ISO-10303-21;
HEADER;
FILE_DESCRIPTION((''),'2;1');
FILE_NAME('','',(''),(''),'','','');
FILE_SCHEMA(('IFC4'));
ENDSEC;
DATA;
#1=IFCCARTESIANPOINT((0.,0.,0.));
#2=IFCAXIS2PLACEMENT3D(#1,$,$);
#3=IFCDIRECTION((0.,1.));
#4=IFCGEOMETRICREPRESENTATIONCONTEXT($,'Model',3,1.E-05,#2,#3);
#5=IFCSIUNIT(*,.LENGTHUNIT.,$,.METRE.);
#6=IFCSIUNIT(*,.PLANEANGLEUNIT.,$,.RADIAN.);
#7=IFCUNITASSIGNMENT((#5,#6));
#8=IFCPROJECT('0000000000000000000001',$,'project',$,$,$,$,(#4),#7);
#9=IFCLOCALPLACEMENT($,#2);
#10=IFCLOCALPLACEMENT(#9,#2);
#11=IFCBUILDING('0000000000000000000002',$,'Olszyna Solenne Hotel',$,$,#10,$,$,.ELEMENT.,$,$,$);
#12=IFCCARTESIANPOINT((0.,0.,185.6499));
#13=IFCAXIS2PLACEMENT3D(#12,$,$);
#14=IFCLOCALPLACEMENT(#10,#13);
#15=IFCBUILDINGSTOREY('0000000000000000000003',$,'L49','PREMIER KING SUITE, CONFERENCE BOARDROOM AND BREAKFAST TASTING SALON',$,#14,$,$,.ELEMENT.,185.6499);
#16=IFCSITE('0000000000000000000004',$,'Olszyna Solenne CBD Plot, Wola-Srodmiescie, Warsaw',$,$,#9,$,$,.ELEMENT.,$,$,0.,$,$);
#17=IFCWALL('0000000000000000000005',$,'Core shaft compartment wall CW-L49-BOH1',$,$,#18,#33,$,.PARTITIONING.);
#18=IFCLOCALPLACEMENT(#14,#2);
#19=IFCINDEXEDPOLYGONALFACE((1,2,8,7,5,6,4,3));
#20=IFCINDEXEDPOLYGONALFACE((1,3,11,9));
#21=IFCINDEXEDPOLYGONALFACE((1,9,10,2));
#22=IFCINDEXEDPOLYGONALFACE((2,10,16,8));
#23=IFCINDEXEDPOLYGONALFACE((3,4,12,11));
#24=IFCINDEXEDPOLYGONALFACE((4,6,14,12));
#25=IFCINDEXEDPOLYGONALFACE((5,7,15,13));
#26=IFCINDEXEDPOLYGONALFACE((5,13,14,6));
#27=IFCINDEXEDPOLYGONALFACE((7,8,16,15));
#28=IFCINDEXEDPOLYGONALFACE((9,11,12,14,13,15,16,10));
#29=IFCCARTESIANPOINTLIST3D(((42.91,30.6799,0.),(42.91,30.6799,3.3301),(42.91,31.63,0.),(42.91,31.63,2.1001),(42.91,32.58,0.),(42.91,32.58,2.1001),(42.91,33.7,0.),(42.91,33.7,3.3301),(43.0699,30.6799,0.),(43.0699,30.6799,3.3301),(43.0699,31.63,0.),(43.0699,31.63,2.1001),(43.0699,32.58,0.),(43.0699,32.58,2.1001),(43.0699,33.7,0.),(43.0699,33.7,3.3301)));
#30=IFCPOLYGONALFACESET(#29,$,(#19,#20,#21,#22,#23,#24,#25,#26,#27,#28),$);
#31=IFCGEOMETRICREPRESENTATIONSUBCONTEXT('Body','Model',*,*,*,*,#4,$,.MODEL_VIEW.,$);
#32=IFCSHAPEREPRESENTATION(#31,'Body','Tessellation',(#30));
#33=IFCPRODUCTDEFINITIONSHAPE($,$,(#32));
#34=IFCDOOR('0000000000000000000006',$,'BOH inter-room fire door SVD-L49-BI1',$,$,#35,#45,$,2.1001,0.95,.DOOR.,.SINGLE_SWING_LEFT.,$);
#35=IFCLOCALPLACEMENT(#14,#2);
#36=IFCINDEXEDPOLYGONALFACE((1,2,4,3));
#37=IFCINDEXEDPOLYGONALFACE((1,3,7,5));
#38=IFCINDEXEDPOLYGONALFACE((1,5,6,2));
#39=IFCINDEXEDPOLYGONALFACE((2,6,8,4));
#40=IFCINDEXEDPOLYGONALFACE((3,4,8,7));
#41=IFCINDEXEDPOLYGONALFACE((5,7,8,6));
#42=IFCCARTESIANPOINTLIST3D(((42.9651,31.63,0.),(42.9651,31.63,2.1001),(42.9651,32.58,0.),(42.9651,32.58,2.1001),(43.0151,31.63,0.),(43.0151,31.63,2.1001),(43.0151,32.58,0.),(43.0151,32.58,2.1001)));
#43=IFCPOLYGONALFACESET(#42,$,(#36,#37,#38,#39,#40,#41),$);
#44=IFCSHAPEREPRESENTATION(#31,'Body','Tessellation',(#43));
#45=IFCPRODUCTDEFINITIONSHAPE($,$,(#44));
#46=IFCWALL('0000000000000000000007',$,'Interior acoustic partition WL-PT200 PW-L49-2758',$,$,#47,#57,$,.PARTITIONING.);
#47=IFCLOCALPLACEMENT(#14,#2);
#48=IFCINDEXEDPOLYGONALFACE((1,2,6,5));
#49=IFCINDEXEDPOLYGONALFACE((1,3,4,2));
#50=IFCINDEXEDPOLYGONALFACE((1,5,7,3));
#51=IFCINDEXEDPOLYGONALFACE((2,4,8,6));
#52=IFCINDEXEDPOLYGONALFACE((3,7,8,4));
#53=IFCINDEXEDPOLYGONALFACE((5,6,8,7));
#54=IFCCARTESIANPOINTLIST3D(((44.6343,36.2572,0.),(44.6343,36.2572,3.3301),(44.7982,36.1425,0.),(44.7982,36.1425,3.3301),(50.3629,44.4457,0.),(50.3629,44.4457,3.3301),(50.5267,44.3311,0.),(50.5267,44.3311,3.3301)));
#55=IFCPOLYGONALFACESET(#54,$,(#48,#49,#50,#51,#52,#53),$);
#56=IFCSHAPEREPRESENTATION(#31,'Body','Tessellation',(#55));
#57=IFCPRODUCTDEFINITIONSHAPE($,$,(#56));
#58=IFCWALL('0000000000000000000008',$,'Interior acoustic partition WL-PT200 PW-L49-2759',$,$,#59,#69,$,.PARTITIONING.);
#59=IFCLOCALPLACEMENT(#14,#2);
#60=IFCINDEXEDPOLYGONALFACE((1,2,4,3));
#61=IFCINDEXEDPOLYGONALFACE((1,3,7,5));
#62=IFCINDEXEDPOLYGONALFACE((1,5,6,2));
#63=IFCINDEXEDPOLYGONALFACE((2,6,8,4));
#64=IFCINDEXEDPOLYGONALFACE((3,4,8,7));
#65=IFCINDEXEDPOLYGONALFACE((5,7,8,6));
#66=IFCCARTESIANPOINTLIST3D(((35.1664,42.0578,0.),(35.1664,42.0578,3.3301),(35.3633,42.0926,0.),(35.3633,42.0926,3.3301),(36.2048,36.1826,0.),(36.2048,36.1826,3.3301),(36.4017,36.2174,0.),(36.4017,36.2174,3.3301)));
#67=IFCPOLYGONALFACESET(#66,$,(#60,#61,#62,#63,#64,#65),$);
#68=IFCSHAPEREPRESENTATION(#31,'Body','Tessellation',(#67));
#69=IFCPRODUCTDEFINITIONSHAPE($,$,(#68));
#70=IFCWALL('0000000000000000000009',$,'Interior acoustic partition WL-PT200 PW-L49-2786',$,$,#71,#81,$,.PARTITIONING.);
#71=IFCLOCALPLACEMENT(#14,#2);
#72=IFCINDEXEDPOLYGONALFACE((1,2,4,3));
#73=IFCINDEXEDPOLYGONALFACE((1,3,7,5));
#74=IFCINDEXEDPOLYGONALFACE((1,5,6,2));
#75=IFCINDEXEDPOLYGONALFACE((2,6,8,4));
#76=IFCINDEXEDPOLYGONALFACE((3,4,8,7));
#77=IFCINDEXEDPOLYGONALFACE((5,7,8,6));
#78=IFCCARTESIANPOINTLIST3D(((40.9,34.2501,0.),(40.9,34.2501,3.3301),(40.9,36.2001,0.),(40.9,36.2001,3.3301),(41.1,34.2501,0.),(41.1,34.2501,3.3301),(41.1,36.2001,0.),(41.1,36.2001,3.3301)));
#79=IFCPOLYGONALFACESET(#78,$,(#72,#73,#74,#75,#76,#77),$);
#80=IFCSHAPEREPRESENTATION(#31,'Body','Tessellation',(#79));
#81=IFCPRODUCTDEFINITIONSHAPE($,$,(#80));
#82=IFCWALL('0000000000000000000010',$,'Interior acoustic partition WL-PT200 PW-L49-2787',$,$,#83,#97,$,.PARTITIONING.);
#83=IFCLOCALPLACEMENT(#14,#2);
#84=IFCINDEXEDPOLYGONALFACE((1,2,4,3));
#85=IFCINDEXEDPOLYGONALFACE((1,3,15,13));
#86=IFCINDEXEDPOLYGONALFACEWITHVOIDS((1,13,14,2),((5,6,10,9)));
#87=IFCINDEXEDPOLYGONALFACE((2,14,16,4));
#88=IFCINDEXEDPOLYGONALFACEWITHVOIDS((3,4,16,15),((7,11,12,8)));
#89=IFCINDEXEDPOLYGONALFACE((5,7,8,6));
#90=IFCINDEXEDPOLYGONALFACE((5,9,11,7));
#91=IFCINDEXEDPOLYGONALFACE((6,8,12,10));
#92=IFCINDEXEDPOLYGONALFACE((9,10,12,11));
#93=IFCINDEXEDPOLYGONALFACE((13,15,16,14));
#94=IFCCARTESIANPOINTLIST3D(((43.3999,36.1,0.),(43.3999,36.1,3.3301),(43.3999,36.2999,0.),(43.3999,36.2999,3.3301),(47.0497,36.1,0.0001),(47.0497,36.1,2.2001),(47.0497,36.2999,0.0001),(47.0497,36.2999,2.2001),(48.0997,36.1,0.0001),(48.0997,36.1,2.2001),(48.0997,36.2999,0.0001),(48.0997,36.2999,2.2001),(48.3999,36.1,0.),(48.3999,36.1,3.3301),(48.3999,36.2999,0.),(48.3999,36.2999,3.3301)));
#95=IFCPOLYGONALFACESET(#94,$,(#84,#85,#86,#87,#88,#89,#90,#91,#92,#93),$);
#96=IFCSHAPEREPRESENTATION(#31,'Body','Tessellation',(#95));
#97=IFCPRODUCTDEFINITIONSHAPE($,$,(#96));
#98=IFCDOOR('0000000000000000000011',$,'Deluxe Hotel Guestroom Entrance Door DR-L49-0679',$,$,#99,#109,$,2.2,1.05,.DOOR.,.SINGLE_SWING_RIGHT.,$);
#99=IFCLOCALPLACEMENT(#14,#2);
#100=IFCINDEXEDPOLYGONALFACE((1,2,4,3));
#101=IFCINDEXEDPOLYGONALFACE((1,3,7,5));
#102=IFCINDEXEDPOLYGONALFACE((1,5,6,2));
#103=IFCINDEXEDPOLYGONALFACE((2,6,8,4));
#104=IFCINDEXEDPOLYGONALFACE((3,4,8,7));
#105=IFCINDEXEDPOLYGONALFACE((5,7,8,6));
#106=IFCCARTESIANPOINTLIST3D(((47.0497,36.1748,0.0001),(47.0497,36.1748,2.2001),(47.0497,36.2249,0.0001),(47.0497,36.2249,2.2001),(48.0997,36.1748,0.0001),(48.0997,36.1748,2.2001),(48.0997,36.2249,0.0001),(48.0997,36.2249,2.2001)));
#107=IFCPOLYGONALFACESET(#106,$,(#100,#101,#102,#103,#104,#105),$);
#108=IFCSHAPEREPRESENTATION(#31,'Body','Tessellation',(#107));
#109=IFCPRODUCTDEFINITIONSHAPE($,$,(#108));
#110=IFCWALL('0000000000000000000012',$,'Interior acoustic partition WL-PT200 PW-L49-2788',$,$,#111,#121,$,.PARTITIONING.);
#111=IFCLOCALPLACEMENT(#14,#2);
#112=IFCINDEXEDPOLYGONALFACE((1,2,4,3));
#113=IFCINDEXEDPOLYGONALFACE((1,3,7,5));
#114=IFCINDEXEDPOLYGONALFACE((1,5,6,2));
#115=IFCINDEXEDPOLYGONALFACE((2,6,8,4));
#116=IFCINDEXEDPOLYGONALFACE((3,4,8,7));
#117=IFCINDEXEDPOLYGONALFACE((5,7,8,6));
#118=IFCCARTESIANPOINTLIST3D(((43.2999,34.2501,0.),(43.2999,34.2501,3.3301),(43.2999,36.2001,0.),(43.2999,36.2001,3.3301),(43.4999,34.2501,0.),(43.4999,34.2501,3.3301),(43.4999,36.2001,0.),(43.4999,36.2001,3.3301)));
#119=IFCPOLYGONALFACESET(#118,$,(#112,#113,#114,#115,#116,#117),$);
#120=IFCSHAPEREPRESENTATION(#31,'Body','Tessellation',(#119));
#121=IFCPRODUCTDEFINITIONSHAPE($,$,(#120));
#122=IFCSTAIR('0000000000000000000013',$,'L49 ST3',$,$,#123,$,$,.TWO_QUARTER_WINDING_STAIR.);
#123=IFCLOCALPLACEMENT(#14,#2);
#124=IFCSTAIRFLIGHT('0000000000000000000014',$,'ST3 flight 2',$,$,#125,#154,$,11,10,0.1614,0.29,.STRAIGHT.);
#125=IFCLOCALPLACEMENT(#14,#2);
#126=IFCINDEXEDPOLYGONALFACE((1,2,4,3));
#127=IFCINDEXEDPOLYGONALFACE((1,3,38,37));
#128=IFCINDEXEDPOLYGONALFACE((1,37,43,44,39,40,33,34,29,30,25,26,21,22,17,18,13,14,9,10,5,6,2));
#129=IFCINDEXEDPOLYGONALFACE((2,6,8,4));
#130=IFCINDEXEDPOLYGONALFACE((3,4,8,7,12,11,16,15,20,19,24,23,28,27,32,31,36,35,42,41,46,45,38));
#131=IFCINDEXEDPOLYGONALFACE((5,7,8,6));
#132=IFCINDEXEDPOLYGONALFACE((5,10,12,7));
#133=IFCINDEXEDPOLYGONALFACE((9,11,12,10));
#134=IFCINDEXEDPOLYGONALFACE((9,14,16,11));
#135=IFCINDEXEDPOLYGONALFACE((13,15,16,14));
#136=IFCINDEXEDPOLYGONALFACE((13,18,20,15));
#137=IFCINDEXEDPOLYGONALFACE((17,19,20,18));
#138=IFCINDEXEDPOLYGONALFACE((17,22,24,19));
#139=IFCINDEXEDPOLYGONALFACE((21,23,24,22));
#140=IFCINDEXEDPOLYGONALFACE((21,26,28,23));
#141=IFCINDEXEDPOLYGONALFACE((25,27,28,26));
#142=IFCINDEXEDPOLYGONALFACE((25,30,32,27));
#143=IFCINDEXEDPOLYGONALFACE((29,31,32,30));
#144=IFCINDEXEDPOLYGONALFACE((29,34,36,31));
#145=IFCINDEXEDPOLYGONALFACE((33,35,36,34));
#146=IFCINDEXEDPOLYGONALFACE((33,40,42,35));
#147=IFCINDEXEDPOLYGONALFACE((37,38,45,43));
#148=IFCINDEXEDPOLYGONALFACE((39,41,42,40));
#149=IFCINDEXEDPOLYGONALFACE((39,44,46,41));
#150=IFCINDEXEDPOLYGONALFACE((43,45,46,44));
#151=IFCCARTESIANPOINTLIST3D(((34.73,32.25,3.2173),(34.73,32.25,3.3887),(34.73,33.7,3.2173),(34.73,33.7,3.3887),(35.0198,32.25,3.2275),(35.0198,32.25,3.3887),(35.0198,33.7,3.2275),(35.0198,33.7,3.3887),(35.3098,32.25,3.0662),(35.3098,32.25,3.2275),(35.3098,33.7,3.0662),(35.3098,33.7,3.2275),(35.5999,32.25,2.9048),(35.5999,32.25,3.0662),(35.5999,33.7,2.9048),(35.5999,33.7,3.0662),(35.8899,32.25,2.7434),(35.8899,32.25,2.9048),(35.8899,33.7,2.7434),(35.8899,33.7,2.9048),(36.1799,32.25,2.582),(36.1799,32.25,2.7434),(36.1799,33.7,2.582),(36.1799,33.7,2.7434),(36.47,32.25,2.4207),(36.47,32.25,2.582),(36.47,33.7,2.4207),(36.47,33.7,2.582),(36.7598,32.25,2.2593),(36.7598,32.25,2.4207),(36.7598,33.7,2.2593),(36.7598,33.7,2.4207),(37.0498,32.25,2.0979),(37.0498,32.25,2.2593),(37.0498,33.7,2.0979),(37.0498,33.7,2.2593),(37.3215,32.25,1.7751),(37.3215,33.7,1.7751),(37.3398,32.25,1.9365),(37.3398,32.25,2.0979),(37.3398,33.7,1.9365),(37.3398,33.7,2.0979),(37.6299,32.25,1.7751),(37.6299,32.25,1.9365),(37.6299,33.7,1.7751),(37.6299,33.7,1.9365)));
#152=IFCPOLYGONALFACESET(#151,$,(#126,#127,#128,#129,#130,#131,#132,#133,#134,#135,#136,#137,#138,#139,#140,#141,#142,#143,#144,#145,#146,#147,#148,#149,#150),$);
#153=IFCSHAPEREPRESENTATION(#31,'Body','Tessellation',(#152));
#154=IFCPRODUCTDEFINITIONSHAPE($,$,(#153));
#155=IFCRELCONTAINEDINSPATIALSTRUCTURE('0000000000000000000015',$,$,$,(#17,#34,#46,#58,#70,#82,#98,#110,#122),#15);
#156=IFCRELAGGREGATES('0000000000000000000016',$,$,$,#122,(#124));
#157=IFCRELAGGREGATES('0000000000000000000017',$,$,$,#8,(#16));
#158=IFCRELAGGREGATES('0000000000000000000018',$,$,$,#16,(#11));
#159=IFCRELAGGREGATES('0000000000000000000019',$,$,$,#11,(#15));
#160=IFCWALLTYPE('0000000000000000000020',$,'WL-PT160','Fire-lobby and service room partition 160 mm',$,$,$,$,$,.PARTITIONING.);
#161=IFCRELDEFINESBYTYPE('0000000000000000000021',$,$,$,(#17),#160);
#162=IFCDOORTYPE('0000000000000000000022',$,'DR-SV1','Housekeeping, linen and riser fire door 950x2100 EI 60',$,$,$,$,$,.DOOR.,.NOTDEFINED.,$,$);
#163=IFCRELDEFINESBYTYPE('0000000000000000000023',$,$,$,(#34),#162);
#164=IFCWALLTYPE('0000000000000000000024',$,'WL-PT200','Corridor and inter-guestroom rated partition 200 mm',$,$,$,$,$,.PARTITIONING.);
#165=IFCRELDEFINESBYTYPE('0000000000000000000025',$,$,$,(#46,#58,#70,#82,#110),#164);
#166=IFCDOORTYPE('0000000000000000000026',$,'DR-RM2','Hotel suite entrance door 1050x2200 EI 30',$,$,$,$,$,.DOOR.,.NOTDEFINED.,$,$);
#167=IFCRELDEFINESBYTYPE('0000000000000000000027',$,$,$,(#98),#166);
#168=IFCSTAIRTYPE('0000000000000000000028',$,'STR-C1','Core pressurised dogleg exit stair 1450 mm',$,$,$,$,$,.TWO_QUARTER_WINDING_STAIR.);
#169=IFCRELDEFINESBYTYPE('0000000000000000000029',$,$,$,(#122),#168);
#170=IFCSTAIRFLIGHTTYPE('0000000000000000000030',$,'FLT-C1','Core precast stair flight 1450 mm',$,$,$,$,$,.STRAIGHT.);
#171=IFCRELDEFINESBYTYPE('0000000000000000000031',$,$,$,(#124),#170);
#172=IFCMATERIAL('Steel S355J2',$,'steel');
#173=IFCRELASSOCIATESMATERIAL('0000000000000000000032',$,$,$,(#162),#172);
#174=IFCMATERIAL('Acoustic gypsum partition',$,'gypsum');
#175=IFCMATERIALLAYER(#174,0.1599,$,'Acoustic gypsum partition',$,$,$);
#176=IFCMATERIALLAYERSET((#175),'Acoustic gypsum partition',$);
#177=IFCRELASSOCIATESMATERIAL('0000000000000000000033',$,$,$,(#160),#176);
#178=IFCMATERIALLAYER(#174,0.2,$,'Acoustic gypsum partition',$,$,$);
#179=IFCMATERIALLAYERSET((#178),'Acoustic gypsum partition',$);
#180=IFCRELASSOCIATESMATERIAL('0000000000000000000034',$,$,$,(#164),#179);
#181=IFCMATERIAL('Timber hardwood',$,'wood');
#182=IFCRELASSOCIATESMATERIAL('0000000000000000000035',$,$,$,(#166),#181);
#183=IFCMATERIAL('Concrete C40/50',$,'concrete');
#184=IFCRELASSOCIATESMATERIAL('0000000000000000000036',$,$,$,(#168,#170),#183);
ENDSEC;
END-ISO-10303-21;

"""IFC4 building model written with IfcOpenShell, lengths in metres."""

from ifc_helpers import new_model, si_unit, direction, frame, frame_2d, origin, place, context, subcontext, project, spatial, polyline, rectangle, outline, extrude, source, transform, mapped, material, layer, layer_set, type_object, type_shapes, element, fill, aggregate, save


model = new_model("IFC4")

# Units and contexts
model_context = context("Model", 3, precision=1e-05, world=origin(), true_north=direction((0.0, 1.0)))
body_context = subcontext(model_context, "Body", "Model", "MODEL_VIEW")
ifc_project = project(units=[si_unit("LENGTHUNIT", "METRE"), si_unit("PLANEANGLEUNIT", "RADIAN")], contexts=[model_context])

# Site, building, storey
site_placement = place(None, origin())
site = spatial("IfcSite", under=ifc_project, at=site_placement, Name="Olszyna Solenne CBD Plot, Wola-Srodmiescie, Warsaw", CompositionType="ELEMENT", RefElevation=0.0)
building_placement = place(site_placement, origin())
building = spatial("IfcBuilding", under=site, at=building_placement, Name="Olszyna Solenne Hotel", CompositionType="ELEMENT")
storey_placement = place(building_placement, frame((0.0, 0.0, 185.6499)))
storey = spatial("IfcBuildingStorey", under=building, at=storey_placement, Name="L49", Description="PREMIER KING SUITE, CONFERENCE BOARDROOM AND BREAKFAST TASTING SALON", CompositionType="ELEMENT", Elevation=185.6499)

# Shared definitions
ifc_material_1 = material(Name="Steel S355J2", Category="steel")

# Shared definitions
door_type_1 = type_object("IfcDoorType", Name="DR-SV1", Description="Housekeeping, linen and riser fire door 950x2100 EI 60", OperationType="NOTDEFINED", PredefinedType="DOOR", material=ifc_material_1)
shared_shape_1 = source(origin(), body_context, "Body", "SweptSolid", [
    extrude(rectangle(XDim=0.95, YDim=2.1001, at=frame_2d((0.4751, 1.05))), frame((0.0, 0.0249, 0.0), z_axis=(0.0, -1.0, 0.0), x_axis=(1.0, 0.0, 0.0)), (0.0, 0.0, 1.0), 0.05),
])
type_shapes(door_type_1, [shared_shape_1])
ifc_material_2 = material(Name="Timber hardwood", Category="wood")

# Shared definitions
ifc_material_3 = material(Name="Acoustic gypsum partition", Category="gypsum")

# Shared definitions
ifc_layer_1 = layer(ifc_material_3, 0.1599, Name="Acoustic gypsum partition")
ifc_layer_set_1 = layer_set([ifc_layer_1], Name="Acoustic gypsum partition")
wall_type_1 = type_object("IfcWallType", Name="WL-PT160", Description="Fire-lobby and service room partition 160 mm", PredefinedType="PARTITIONING", material=ifc_layer_set_1)

# Wall, opening, door
wall_1_placement = place(storey_placement, frame((42.99, 30.6799, 0.0), z_axis=(0.0, 0.0, 1.0), x_axis=(0.0, 1.0, 0.0)))
wall_1 = element("IfcWall", 1, at=wall_1_placement, inside=storey, type_object=wall_type_1, Name="Core shaft compartment wall CW-L49-BOH1", PredefinedType="PARTITIONING", context=body_context, shape_type="SweptSolid", body=[
    extrude(rectangle(XDim=3.02, YDim=0.1599, at=frame_2d((1.51, 0.0))), origin(), (0.0, 0.0, 1.0), 3.3301),
])
opening_1_placement = place(wall_1_placement, frame((0.95, 0.0, 0.0)))
opening_1 = element("IfcOpeningElement", 2, at=opening_1_placement, cuts=wall_1, PredefinedType="OPENING", context=body_context, shape_type="SweptSolid", body=[
    extrude(rectangle(XDim=0.95, YDim=2.1001, at=frame_2d((0.4751, 1.05))), frame((0.0, 0.0898, 0.0), z_axis=(0.0, -1.0, 0.0), x_axis=(1.0, 0.0, 0.0)), (0.0, 0.0, 1.0), 0.1799),
])
door_1_placement = place(opening_1_placement, origin())
door_1 = element("IfcDoor", 3, at=door_1_placement, inside=storey, type_object=door_type_1, Name="BOH inter-room fire door SVD-L49-BI1", OperationType="SINGLE_SWING_LEFT", OverallHeight=2.1001, OverallWidth=0.95, PredefinedType="DOOR", context=body_context, shape_type="MappedRepresentation", body=[
    mapped(shared_shape_1, transform((0.0, 0.0, 0.0), x_axis=(1.0, 0.0, 0.0), y_axis=(0.0, 1.0, 0.0), z_axis=(0.0, 0.0, 1.0), scale=1.0)),
])
fill(opening_1, door_1)

# Walls
ifc_layer_2 = layer(ifc_material_3, 0.2, Name="Acoustic gypsum partition")
ifc_layer_set_2 = layer_set([ifc_layer_2], Name="Acoustic gypsum partition")
wall_type_2 = type_object("IfcWallType", Name="WL-PT200", Description="Corridor and inter-guestroom rated partition 200 mm", PredefinedType="PARTITIONING", material=ifc_layer_set_2)
wall_2_placement = place(storey_placement, frame((44.7163, 36.2, 0.0), z_axis=(0.0, 0.0, 1.0), x_axis=(0.573233, 0.819393, 0.0)))
element("IfcWall", 4, at=wall_2_placement, inside=storey, type_object=wall_type_2, Name="Interior acoustic partition WL-PT200 PW-L49-2758", PredefinedType="PARTITIONING", context=body_context, shape_type="SweptSolid", body=[
    extrude(rectangle(XDim=9.9934, YDim=0.2, at=frame_2d((4.9966, 0.0))), origin(), (0.0, 0.0, 1.0), 3.3301),
])
wall_3_placement = place(storey_placement, frame((36.3032, 36.2, 0.0), z_axis=(0.0, 0.0, 1.0), x_axis=(-0.174033, 0.98474, 0.0)))
element("IfcWall", 5, at=wall_3_placement, inside=storey, type_object=wall_type_2, Name="Interior acoustic partition WL-PT200 PW-L49-2759", PredefinedType="PARTITIONING", context=body_context, shape_type="SweptSolid", body=[
    extrude(rectangle(XDim=5.9663, YDim=0.2, at=frame_2d((2.9832, 0.0))), origin(), (0.0, 0.0, 1.0), 3.3301),
])
wall_4_placement = place(storey_placement, frame((41.0, 34.25, 0.0), z_axis=(0.0, 0.0, 1.0), x_axis=(0.0, 1.0, 0.0)))
element("IfcWall", 6, at=wall_4_placement, inside=storey, type_object=wall_type_2, Name="Interior acoustic partition WL-PT200 PW-L49-2786", PredefinedType="PARTITIONING", context=body_context, shape_type="SweptSolid", body=[
    extrude(rectangle(XDim=1.95, YDim=0.2, at=frame_2d((0.9751, 0.0))), origin(), (0.0, 0.0, 1.0), 3.3301),
])

# Wall, opening, door
wall_5_placement = place(storey_placement, frame((43.3999, 36.2, 0.0), z_axis=(0.0, 0.0, 1.0), x_axis=(1.0, 0.0, 0.0)))
wall_5 = element("IfcWall", 7, at=wall_5_placement, inside=storey, type_object=wall_type_2, Name="Interior acoustic partition WL-PT200 PW-L49-2787", PredefinedType="PARTITIONING", context=body_context, shape_type="SweptSolid", body=[
    extrude(rectangle(XDim=5.0, YDim=0.2, at=frame_2d((2.5, 0.0))), origin(), (0.0, 0.0, 1.0), 3.3301),
])
opening_2_placement = place(wall_5_placement, frame((3.6499, 0.0, 0.0)))
opening_2 = element("IfcOpeningElement", 8, at=opening_2_placement, cuts=wall_5, PredefinedType="OPENING", context=body_context, shape_type="SweptSolid", body=[
    extrude(rectangle(XDim=1.05, YDim=2.2, at=frame_2d((0.5249, 1.1001))), frame((0.0, 0.1099, 0.0), z_axis=(0.0, -1.0, 0.0), x_axis=(1.0, 0.0, 0.0)), (0.0, 0.0, 1.0), 0.22),
])
door_type_2 = type_object("IfcDoorType", Name="DR-RM2", Description="Hotel suite entrance door 1050x2200 EI 30", OperationType="NOTDEFINED", PredefinedType="DOOR", material=ifc_material_2)
shared_shape_2 = source(origin(), body_context, "Body", "SweptSolid", [
    extrude(rectangle(XDim=1.05, YDim=2.2, at=frame_2d((0.5249, 1.1001))), frame((0.0, 0.0249, 0.0), z_axis=(0.0, -1.0, 0.0), x_axis=(1.0, 0.0, 0.0)), (0.0, 0.0, 1.0), 0.05),
])
type_shapes(door_type_2, [shared_shape_2])
door_2_placement = place(opening_2_placement, origin())
door_2 = element("IfcDoor", 9, at=door_2_placement, inside=storey, type_object=door_type_2, Name="Deluxe Hotel Guestroom Entrance Door DR-L49-0679", OperationType="SINGLE_SWING_RIGHT", OverallHeight=2.2, OverallWidth=1.05, PredefinedType="DOOR", context=body_context, shape_type="MappedRepresentation", body=[
    mapped(shared_shape_2, transform((0.0, 0.0, 0.0), x_axis=(1.0, 0.0, 0.0), y_axis=(0.0, 1.0, 0.0), z_axis=(0.0, 0.0, 1.0), scale=1.0)),
])
fill(opening_2, door_2)

# Wall
wall_6_placement = place(storey_placement, frame((43.3999, 34.25, 0.0), z_axis=(0.0, 0.0, 1.0), x_axis=(0.0, 1.0, 0.0)))
element("IfcWall", 10, at=wall_6_placement, inside=storey, type_object=wall_type_2, Name="Interior acoustic partition WL-PT200 PW-L49-2788", PredefinedType="PARTITIONING", context=body_context, shape_type="SweptSolid", body=[
    extrude(rectangle(XDim=1.95, YDim=0.2, at=frame_2d((0.9751, 0.0))), origin(), (0.0, 0.0, 1.0), 3.3301),
])

# Stair, stair flight
ifc_material_4 = material(Name="Concrete C40/50", Category="concrete")
stair_type = type_object("IfcStairType", Name="STR-C1", Description="Core pressurised dogleg exit stair 1450 mm", PredefinedType="TWO_QUARTER_WINDING_STAIR", material=ifc_material_4)
stair_placement = place(storey_placement, origin())
stair = element("IfcStair", 11, at=stair_placement, inside=storey, type_object=stair_type, Name="L49 ST3", PredefinedType="TWO_QUARTER_WINDING_STAIR")
stair_flight_type = type_object("IfcStairFlightType", Name="FLT-C1", Description="Core precast stair flight 1450 mm", PredefinedType="STRAIGHT", material=ifc_material_4)
stair_flight_placement = place(storey_placement, frame((37.6299, 32.9751, 1.7751), z_axis=(0.0, 0.0, 1.0), x_axis=(-1.0, 0.0, 0.0)))
stair_flight = element("IfcStairFlight", 12, at=stair_flight_placement, type_object=stair_flight_type, Name="ST3 flight 2", NumberOfRisers=11, NumberOfTreads=10, PredefinedType="STRAIGHT", RiserHeight=0.1614, TreadLength=0.29, context=body_context, shape_type="SweptSolid", body=[
    extrude(outline(polyline([(0.0, 0.0), (0.0, 0.1614), (0.29, 0.1614), (0.29, 0.3228), (0.5801, 0.3228), (0.5801, 0.4841), (0.8701, 0.4841), (0.8701, 0.6455), (1.1599, 0.6455), (1.1599, 0.8069), (1.45, 0.8069), (1.45, 0.9683), (1.74, 0.9683), (1.74, 1.1296), (2.03, 1.1296), (2.03, 1.291), (2.3201, 1.291), (2.3201, 1.4524), (2.6101, 1.4524), (2.6101, 1.6135), (2.8999, 1.6135), (2.8999, 1.7749), (2.8999, 1.4421), (0.3083, 0.0), (0.0, 0.0)])), frame((0.0, 0.7251, 0.0), z_axis=(0.0, -1.0, 0.0), x_axis=(1.0, 0.0, 0.0)), (0.0, 0.0, 1.0), 1.45),
])
aggregate(stair, [stair_flight])

save(model, "model.ifc")
